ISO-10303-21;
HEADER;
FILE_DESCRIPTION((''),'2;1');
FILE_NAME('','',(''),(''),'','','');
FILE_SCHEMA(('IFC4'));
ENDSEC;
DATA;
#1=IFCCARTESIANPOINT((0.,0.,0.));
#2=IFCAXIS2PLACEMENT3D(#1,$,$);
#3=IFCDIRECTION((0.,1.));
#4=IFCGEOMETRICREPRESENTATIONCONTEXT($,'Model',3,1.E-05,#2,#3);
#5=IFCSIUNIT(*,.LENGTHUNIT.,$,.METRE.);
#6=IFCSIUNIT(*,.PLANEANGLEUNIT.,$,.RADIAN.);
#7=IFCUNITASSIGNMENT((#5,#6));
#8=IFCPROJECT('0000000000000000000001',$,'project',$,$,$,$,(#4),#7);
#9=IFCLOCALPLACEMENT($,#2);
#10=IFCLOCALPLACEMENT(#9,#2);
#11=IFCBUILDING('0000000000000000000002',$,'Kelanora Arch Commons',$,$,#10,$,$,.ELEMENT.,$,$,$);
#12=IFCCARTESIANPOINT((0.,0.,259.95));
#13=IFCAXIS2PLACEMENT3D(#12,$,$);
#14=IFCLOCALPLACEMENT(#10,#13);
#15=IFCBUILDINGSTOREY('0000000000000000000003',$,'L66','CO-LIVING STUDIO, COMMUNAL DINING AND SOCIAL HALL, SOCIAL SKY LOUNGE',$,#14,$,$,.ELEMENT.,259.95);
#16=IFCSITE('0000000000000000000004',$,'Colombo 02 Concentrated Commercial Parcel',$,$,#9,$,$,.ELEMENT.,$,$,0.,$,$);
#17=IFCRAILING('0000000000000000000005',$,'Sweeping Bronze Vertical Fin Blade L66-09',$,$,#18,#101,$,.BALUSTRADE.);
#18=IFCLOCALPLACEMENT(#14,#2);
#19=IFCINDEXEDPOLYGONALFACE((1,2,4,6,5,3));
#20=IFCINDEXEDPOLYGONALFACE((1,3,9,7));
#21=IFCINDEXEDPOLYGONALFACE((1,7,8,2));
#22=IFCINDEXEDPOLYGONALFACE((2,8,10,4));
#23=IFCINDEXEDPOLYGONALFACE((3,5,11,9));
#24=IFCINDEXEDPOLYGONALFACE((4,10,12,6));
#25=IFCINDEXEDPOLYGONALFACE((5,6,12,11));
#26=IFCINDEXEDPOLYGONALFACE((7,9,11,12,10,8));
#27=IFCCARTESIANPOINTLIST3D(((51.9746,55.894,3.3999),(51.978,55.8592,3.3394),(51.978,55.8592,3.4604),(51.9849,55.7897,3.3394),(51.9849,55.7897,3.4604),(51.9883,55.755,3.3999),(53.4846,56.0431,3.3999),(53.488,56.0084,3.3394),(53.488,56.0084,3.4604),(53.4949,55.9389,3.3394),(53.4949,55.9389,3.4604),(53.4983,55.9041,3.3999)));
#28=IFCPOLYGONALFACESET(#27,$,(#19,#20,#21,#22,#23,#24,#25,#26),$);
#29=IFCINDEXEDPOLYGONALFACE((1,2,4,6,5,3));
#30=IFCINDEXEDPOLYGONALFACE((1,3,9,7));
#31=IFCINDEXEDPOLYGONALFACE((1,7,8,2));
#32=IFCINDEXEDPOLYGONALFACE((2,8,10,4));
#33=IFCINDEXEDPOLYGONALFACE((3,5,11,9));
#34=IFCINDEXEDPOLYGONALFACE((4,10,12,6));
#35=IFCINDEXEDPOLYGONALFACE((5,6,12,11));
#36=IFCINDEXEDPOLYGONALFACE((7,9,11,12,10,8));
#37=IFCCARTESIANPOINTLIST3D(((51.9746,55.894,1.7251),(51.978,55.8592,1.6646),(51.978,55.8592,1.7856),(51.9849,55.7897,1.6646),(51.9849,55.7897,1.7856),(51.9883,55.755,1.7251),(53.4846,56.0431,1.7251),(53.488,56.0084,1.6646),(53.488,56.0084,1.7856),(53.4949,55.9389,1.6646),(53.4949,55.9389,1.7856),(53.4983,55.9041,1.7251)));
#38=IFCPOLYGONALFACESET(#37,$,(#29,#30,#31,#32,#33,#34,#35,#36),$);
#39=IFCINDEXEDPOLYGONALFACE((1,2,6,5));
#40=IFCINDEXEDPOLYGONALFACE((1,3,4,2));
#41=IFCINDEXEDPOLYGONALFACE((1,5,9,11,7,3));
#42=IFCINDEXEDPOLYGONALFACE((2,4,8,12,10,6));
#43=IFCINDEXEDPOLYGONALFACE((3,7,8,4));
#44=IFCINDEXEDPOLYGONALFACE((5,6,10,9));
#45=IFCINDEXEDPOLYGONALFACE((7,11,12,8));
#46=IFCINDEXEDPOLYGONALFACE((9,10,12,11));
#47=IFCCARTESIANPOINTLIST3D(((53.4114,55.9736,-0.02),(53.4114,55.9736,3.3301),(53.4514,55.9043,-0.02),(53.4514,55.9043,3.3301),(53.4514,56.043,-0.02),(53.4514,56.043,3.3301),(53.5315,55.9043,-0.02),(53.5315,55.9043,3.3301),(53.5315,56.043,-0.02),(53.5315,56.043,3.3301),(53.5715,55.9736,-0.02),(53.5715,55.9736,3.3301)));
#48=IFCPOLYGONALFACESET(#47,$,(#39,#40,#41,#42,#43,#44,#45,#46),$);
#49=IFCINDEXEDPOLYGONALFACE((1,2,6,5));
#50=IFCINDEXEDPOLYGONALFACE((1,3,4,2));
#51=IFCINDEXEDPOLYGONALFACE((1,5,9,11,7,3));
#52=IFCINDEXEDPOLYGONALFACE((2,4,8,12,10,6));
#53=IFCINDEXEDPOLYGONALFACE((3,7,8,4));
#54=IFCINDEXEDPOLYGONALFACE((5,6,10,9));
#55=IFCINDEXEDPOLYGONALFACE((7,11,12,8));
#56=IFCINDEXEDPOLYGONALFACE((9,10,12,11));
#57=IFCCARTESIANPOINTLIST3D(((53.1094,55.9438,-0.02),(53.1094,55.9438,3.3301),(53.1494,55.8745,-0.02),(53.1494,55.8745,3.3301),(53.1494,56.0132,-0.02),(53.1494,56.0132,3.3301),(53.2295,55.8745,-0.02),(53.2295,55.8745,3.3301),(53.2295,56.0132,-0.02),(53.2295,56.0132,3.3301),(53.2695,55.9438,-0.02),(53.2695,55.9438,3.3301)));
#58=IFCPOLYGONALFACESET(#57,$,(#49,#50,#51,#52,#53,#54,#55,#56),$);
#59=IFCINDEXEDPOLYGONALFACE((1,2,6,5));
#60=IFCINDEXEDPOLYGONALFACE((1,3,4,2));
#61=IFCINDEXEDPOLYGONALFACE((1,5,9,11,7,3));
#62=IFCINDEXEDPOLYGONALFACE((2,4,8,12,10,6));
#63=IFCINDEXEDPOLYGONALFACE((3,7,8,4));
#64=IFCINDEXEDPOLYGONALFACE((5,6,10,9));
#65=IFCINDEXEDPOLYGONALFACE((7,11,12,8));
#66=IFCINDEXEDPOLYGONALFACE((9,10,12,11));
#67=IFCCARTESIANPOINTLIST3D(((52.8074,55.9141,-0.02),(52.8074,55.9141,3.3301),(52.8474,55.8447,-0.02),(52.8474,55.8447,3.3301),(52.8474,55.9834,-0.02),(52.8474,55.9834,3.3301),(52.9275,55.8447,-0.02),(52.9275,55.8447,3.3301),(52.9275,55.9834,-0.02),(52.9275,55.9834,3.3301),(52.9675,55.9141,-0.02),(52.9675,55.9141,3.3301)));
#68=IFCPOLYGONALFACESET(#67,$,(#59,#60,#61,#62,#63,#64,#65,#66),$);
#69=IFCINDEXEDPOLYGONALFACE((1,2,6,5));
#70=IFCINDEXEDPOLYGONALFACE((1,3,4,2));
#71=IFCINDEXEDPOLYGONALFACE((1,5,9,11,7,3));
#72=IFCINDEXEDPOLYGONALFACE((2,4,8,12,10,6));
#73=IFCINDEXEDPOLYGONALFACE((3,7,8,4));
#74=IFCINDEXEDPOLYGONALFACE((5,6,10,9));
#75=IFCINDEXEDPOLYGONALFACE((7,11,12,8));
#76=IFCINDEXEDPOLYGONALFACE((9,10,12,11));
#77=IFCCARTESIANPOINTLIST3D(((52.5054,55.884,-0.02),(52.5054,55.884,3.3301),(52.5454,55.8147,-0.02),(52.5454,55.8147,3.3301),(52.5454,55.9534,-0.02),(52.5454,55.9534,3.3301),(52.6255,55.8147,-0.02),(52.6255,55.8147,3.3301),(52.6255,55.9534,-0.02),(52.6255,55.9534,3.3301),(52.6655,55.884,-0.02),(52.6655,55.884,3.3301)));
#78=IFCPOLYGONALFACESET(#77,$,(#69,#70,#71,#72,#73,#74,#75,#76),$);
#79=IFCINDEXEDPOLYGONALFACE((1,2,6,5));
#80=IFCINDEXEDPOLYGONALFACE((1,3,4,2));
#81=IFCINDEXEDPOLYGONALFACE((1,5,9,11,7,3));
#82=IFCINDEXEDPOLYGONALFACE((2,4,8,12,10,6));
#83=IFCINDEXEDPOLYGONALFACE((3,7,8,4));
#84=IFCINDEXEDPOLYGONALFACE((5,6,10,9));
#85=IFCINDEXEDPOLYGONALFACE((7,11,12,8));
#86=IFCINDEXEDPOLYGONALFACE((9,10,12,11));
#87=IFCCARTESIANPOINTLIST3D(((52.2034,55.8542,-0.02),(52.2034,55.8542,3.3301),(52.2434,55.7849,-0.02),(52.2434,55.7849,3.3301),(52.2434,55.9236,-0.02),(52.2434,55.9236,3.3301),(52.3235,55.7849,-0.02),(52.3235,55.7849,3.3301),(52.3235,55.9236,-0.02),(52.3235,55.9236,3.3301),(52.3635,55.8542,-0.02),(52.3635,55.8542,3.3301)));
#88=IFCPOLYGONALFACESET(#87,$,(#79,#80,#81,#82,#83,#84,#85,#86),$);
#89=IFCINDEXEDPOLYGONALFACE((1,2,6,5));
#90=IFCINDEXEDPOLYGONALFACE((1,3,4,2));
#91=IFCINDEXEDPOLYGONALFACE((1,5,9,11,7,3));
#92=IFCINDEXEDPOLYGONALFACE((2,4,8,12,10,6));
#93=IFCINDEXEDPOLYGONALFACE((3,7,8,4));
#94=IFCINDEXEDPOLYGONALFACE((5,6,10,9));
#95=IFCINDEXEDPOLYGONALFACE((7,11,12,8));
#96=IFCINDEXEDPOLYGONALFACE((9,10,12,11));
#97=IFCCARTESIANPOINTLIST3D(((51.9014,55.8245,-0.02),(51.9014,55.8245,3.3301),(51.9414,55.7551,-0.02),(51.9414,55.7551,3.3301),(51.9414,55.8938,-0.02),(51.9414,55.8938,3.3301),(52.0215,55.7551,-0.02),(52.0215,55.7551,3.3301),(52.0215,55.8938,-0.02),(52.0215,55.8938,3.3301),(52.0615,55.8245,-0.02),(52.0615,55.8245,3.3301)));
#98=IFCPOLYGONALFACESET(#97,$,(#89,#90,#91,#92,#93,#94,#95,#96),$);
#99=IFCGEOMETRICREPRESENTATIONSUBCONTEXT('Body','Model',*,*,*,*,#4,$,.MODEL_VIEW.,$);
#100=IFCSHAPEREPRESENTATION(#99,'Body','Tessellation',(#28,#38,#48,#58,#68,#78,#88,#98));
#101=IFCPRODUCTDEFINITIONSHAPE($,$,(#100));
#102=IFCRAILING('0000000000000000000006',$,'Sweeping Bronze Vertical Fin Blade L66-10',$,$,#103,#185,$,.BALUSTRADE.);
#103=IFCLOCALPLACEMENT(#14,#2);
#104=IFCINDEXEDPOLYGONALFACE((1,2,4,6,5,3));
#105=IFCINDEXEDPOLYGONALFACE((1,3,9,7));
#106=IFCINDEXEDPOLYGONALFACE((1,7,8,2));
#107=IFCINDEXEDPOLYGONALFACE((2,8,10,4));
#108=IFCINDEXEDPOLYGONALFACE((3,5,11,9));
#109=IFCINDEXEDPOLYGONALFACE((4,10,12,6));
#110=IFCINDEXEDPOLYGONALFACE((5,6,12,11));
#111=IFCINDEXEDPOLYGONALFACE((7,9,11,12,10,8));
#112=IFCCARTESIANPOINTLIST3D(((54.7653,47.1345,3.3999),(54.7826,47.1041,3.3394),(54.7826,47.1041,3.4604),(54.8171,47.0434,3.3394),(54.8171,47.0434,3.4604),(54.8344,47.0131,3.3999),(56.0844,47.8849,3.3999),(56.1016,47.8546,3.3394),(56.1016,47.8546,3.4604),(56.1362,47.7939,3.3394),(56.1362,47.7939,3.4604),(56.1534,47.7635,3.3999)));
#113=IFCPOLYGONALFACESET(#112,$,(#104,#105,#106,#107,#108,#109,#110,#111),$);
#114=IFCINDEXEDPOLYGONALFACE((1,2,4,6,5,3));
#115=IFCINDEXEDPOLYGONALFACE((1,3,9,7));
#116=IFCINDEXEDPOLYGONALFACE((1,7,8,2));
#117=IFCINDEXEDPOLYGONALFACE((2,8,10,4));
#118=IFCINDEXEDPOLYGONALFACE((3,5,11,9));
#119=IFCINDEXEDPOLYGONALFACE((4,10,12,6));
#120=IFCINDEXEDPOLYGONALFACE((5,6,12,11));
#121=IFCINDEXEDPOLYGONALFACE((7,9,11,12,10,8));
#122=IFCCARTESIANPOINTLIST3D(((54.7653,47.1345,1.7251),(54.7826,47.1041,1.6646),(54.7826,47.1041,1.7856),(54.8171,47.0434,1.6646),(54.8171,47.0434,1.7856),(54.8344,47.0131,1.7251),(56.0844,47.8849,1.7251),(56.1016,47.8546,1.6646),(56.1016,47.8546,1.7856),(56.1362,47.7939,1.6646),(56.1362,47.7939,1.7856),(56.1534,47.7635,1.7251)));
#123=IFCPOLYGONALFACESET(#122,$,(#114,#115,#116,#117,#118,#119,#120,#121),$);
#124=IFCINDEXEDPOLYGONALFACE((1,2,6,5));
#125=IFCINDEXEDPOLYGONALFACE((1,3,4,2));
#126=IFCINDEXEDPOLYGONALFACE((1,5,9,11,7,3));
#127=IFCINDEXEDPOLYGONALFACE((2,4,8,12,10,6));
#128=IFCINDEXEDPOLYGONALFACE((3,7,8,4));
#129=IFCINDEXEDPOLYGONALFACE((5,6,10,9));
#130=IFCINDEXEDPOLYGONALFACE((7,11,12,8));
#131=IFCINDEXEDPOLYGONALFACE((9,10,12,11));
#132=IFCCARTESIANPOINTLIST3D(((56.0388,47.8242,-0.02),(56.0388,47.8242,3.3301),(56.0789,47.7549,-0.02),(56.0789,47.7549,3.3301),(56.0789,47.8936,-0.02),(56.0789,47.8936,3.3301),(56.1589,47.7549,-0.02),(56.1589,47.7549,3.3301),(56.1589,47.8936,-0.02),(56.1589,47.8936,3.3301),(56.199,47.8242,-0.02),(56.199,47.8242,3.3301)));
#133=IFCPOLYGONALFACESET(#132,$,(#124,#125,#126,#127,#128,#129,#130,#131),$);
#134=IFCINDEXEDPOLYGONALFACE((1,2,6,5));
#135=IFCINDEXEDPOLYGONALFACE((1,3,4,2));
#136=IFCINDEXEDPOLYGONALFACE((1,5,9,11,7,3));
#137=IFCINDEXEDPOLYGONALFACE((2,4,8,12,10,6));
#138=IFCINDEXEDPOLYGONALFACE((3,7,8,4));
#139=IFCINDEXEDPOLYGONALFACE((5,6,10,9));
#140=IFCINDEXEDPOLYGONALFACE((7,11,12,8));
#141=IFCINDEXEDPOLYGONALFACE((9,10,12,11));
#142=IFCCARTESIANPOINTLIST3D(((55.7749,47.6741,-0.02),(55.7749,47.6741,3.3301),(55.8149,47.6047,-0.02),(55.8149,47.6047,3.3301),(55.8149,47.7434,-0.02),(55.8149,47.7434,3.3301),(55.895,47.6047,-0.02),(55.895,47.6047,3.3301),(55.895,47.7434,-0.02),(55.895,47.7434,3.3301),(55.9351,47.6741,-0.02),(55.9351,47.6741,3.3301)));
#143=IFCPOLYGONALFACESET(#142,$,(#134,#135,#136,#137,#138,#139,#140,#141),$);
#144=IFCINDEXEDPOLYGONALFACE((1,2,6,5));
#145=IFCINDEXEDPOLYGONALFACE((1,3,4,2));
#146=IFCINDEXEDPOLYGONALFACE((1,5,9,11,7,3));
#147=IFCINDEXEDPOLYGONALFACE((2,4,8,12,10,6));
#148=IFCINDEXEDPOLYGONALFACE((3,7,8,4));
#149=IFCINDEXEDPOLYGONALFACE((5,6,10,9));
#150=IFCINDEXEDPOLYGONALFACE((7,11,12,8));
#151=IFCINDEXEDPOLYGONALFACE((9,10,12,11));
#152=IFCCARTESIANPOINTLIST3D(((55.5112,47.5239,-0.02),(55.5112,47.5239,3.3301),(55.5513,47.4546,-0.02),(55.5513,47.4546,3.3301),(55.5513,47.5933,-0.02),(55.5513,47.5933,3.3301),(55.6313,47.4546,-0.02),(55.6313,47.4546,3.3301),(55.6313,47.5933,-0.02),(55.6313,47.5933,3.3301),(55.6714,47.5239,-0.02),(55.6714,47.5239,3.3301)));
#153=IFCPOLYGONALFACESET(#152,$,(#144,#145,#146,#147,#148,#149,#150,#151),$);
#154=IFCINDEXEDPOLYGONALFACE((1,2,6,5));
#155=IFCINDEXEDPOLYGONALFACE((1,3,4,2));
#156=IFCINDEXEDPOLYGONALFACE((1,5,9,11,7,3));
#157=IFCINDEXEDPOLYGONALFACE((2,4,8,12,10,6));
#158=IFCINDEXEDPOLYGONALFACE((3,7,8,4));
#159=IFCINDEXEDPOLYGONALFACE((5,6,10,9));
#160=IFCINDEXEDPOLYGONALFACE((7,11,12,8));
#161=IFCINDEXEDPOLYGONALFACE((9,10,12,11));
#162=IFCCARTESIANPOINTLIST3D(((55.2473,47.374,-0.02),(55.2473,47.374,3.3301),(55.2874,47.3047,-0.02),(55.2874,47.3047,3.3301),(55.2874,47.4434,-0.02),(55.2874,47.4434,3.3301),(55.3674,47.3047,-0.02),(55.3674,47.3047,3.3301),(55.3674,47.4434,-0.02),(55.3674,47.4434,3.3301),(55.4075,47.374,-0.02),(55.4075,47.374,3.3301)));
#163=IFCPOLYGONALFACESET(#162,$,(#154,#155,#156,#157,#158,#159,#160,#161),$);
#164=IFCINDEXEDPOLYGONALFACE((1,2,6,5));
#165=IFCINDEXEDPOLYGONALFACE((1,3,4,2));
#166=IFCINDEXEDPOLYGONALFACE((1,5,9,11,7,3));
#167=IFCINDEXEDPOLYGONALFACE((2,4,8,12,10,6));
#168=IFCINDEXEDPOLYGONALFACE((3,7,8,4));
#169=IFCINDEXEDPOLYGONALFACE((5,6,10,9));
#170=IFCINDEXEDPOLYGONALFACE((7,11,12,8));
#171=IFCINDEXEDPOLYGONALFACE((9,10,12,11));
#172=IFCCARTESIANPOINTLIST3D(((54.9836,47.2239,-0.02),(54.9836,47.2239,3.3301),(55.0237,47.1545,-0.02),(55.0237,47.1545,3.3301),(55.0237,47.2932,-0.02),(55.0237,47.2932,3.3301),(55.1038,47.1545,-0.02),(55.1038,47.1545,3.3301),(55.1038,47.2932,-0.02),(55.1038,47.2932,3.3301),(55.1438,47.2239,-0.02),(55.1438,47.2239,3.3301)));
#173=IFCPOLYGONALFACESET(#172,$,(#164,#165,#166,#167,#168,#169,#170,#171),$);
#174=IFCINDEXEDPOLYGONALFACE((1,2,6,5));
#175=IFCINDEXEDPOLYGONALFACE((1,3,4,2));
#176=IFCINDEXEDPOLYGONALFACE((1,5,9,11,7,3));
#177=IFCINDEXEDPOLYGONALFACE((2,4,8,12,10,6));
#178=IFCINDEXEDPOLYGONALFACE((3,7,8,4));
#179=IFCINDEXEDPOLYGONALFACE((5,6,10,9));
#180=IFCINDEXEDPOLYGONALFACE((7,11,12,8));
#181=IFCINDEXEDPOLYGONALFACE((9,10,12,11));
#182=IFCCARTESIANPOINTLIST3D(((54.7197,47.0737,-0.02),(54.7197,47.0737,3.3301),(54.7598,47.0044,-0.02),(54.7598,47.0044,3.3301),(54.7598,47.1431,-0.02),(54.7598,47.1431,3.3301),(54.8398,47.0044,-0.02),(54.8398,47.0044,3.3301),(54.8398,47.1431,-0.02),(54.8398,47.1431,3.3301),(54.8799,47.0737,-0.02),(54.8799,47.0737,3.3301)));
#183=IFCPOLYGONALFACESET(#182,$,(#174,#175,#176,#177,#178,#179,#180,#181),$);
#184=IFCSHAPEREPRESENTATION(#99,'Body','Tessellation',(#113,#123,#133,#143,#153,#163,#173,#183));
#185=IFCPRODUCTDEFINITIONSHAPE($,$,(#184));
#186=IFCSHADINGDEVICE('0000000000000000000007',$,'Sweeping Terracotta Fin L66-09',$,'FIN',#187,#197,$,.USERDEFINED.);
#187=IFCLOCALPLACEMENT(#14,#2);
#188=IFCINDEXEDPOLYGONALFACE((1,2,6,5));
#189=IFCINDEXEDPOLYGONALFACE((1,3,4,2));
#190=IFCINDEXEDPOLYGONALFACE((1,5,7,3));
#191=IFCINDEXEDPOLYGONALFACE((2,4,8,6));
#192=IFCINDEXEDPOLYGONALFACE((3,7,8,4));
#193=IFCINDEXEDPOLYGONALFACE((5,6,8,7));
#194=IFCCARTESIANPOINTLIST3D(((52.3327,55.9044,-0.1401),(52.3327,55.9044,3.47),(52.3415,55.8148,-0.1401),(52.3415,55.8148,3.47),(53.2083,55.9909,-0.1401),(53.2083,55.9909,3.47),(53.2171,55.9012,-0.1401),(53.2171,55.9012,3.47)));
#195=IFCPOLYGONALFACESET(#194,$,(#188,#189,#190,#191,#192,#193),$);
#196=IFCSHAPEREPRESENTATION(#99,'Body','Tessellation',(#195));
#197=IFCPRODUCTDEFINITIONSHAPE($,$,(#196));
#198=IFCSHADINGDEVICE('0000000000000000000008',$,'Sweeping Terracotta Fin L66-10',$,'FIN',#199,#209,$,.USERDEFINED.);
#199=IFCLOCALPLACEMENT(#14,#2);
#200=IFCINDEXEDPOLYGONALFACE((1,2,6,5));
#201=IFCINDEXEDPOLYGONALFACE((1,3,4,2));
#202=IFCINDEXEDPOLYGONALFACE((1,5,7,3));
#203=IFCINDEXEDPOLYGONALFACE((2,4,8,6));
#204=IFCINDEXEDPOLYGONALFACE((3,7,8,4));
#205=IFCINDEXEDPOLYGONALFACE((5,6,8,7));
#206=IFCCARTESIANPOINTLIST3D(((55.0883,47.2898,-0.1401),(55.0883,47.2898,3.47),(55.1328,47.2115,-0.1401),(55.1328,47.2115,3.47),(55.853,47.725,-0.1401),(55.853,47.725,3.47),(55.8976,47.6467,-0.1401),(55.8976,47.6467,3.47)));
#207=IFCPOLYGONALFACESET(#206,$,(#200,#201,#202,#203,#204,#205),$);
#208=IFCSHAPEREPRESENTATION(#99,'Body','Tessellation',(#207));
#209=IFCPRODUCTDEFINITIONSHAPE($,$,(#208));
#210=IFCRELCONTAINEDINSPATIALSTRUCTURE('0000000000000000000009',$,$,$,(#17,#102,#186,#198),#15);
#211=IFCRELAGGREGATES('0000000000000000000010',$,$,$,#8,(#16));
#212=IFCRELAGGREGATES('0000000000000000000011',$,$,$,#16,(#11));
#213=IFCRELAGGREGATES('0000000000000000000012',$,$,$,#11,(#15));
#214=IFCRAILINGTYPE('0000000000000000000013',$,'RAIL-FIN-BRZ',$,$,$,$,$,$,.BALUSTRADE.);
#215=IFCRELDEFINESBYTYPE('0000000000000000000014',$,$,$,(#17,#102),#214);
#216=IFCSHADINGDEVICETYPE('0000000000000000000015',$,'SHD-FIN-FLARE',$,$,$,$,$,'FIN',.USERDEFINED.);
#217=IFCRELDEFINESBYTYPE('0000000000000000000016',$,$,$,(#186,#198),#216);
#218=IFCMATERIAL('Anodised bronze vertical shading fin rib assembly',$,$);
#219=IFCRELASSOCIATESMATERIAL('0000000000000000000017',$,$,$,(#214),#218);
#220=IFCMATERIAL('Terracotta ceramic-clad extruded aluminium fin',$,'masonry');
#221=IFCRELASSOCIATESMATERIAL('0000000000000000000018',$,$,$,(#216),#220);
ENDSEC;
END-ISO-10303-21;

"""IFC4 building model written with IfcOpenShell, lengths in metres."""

from ifc_helpers import new_model, si_unit, direction, frame, origin, origin_2d, place, context, subcontext, project, spatial, polyline, rectangle, outline, extrude, source, transform, mapped, material, type_object, element, save


model = new_model("IFC4")

# Units and contexts
model_context = context("Model", 3, precision=1e-05, world=origin(), true_north=direction((0.0, 1.0)))
body_context = subcontext(model_context, "Body", "Model", "MODEL_VIEW")
ifc_project = project(units=[si_unit("LENGTHUNIT", "METRE"), si_unit("PLANEANGLEUNIT", "RADIAN")], contexts=[model_context])

# Site, building, storey
site_placement = place(None, origin())
site = spatial("IfcSite", under=ifc_project, at=site_placement, Name="Colombo 02 Concentrated Commercial Parcel", CompositionType="ELEMENT", RefElevation=0.0)
building_placement = place(site_placement, origin())
building = spatial("IfcBuilding", under=site, at=building_placement, Name="Kelanora Arch Commons", CompositionType="ELEMENT")
storey_placement = place(building_placement, frame((0.0, 0.0, 259.95)))
storey = spatial("IfcBuildingStorey", under=building, at=storey_placement, Name="L66", Description="CO-LIVING STUDIO, COMMUNAL DINING AND SOCIAL HALL, SOCIAL SKY LOUNGE", CompositionType="ELEMENT", Elevation=259.95)

# Railings
ifc_material_1 = material(Name="Anodised bronze vertical shading fin rib assembly")
railing_type = type_object("IfcRailingType", Name="RAIL-FIN-BRZ", PredefinedType="BALUSTRADE", material=ifc_material_1)
railing_1_placement = place(storey_placement, frame((53.4915, 55.9736, -0.02)))
element("IfcRailing", 1, at=railing_1_placement, inside=storey, type_object=railing_type, Name="Sweeping Bronze Vertical Fin Blade L66-09", PredefinedType="BALUSTRADE", context=body_context, shape_type="SweptSolid", body=[
    extrude(outline(polyline([(0.0698, 0.0), (0.0349, 0.0605), (-0.0349, 0.0605), (-0.0698, 0.0), (-0.0349, -0.0605), (0.0349, -0.0605), (0.0698, 0.0)])), frame((0.0, 0.0, 3.4199), z_axis=(-0.995156, -0.098309, 0.0), x_axis=(0.098309, -0.995156, 0.0)), (0.0, 0.0, 1.0), 1.5173),
    extrude(outline(polyline([(0.0698, 0.0), (0.0349, 0.0605), (-0.0349, 0.0605), (-0.0698, 0.0), (-0.0349, -0.0605), (0.0349, -0.0605), (0.0698, 0.0)])), frame((0.0, 0.0, 1.7451), z_axis=(-0.995156, -0.098309, 0.0), x_axis=(0.098309, -0.995156, 0.0)), (0.0, 0.0, 1.0), 1.5173),
    extrude(outline(polyline([(0.0801, 0.0), (0.04, 0.0693), (-0.04, 0.0693), (-0.0801, 0.0), (-0.04, -0.0693), (0.04, -0.0693), (0.0801, 0.0)])), origin(), (0.0, 0.0, 1.0), 3.3501),
    extrude(outline(polyline([(0.0801, 0.0), (0.04, 0.0693), (-0.04, 0.0693), (-0.0801, 0.0), (-0.04, -0.0693), (0.04, -0.0693), (0.0801, 0.0)])), frame((-0.302, -0.0298, 0.0)), (0.0, 0.0, 1.0), 3.3501),
    extrude(outline(polyline([(0.0801, 0.0), (0.04, 0.0693), (-0.04, 0.0693), (-0.0801, 0.0), (-0.04, -0.0693), (0.04, -0.0693), (0.0801, 0.0)])), frame((-0.604, -0.0596, 0.0)), (0.0, 0.0, 1.0), 3.3501),
    extrude(outline(polyline([(0.0801, 0.0), (0.04, 0.0693), (-0.04, 0.0693), (-0.0801, 0.0), (-0.04, -0.0693), (0.04, -0.0693), (0.0801, 0.0)])), frame((-0.906, -0.0896, 0.0)), (0.0, 0.0, 1.0), 3.3501),
    extrude(outline(polyline([(0.0801, 0.0), (0.04, 0.0693), (-0.04, 0.0693), (-0.0801, 0.0), (-0.04, -0.0693), (0.04, -0.0693), (0.0801, 0.0)])), frame((-1.208, -0.1194, 0.0)), (0.0, 0.0, 1.0), 3.3501),
    extrude(outline(polyline([(0.0801, 0.0), (0.04, 0.0693), (-0.04, 0.0693), (-0.0801, 0.0), (-0.04, -0.0693), (0.04, -0.0693), (0.0801, 0.0)])), frame((-1.51, -0.1492, 0.0)), (0.0, 0.0, 1.0), 3.3501),
])
railing_2_placement = place(storey_placement, frame((56.1189, 47.8242, -0.02)))
element("IfcRailing", 2, at=railing_2_placement, inside=storey, type_object=railing_type, Name="Sweeping Bronze Vertical Fin Blade L66-10", PredefinedType="BALUSTRADE", context=body_context, shape_type="SweptSolid", body=[
    extrude(outline(polyline([(0.0698, 0.0), (0.0349, 0.0605), (-0.0349, 0.0605), (-0.0698, 0.0), (-0.0349, -0.0605), (0.0349, -0.0605), (0.0698, 0.0)])), frame((0.0, 0.0, 3.4199), z_axis=(-0.869172, -0.49451, 0.0), x_axis=(0.49451, -0.869172, 0.0)), (0.0, 0.0, 1.0), 1.5176),
    extrude(outline(polyline([(0.0698, 0.0), (0.0349, 0.0605), (-0.0349, 0.0605), (-0.0698, 0.0), (-0.0349, -0.0605), (0.0349, -0.0605), (0.0698, 0.0)])), frame((0.0, 0.0, 1.7451), z_axis=(-0.869172, -0.49451, 0.0), x_axis=(0.49451, -0.869172, 0.0)), (0.0, 0.0, 1.0), 1.5176),
    extrude(outline(polyline([(0.0801, 0.0), (0.04, 0.0693), (-0.04, 0.0693), (-0.0801, 0.0), (-0.04, -0.0693), (0.04, -0.0693), (0.0801, 0.0)])), origin(), (0.0, 0.0, 1.0), 3.3501),
    extrude(outline(polyline([(0.0801, 0.0), (0.04, 0.0693), (-0.04, 0.0693), (-0.0801, 0.0), (-0.04, -0.0693), (0.04, -0.0693), (0.0801, 0.0)])), frame((-0.2639, -0.1501, 0.0)), (0.0, 0.0, 1.0), 3.3501),
    extrude(outline(polyline([(0.0801, 0.0), (0.04, 0.0693), (-0.04, 0.0693), (-0.0801, 0.0), (-0.04, -0.0693), (0.04, -0.0693), (0.0801, 0.0)])), frame((-0.5276, -0.3003, 0.0)), (0.0, 0.0, 1.0), 3.3501),
    extrude(outline(polyline([(0.0801, 0.0), (0.04, 0.0693), (-0.04, 0.0693), (-0.0801, 0.0), (-0.04, -0.0693), (0.04, -0.0693), (0.0801, 0.0)])), frame((-0.7915, -0.4502, 0.0)), (0.0, 0.0, 1.0), 3.3501),
    extrude(outline(polyline([(0.0801, 0.0), (0.04, 0.0693), (-0.04, 0.0693), (-0.0801, 0.0), (-0.04, -0.0693), (0.04, -0.0693), (0.0801, 0.0)])), frame((-1.0552, -0.6003, 0.0)), (0.0, 0.0, 1.0), 3.3501),
    extrude(outline(polyline([(0.0801, 0.0), (0.04, 0.0693), (-0.04, 0.0693), (-0.0801, 0.0), (-0.04, -0.0693), (0.04, -0.0693), (0.0801, 0.0)])), frame((-1.3191, -0.7505, 0.0)), (0.0, 0.0, 1.0), 3.3501),
])

# Shading devices
ifc_material_2 = material(Name="Terracotta ceramic-clad extruded aluminium fin", Category="masonry")
shading_device_type = type_object("IfcShadingDeviceType", Name="SHD-FIN-FLARE", ElementType="FIN", PredefinedType="USERDEFINED", material=ifc_material_2)
shared_shape_1 = source(origin(), body_context, "Body", "SweptSolid", [
    extrude(rectangle(XDim=0.8799, YDim=0.0901, at=origin_2d()), origin(), (0.0, 0.0, 1.0), 3.6101),
])
for number, where, z_axis, x_axis, name in (
    (3, (52.7749, 55.9028, -0.1401), (0.0, 0.0, 1.0), (-0.995159, -0.098278, 0.0), "Sweeping Terracotta Fin L66-09"),
    (4, (55.4929, 47.4683, -0.1401), (0.0, 0.0, 1.0), (-0.86915, -0.494549, 0.0), "Sweeping Terracotta Fin L66-10"),
):
    element("IfcShadingDevice", number, at=place(storey_placement, frame(where, z_axis=z_axis, x_axis=x_axis)), inside=storey, type_object=shading_device_type, Name=name, ObjectType="FIN", PredefinedType="USERDEFINED", context=body_context, shape_type="MappedRepresentation", body=[
        mapped(shared_shape_1, transform((0.0, 0.0, 0.0), scale=1.0)),
    ])

save(model, "model.ifc")
